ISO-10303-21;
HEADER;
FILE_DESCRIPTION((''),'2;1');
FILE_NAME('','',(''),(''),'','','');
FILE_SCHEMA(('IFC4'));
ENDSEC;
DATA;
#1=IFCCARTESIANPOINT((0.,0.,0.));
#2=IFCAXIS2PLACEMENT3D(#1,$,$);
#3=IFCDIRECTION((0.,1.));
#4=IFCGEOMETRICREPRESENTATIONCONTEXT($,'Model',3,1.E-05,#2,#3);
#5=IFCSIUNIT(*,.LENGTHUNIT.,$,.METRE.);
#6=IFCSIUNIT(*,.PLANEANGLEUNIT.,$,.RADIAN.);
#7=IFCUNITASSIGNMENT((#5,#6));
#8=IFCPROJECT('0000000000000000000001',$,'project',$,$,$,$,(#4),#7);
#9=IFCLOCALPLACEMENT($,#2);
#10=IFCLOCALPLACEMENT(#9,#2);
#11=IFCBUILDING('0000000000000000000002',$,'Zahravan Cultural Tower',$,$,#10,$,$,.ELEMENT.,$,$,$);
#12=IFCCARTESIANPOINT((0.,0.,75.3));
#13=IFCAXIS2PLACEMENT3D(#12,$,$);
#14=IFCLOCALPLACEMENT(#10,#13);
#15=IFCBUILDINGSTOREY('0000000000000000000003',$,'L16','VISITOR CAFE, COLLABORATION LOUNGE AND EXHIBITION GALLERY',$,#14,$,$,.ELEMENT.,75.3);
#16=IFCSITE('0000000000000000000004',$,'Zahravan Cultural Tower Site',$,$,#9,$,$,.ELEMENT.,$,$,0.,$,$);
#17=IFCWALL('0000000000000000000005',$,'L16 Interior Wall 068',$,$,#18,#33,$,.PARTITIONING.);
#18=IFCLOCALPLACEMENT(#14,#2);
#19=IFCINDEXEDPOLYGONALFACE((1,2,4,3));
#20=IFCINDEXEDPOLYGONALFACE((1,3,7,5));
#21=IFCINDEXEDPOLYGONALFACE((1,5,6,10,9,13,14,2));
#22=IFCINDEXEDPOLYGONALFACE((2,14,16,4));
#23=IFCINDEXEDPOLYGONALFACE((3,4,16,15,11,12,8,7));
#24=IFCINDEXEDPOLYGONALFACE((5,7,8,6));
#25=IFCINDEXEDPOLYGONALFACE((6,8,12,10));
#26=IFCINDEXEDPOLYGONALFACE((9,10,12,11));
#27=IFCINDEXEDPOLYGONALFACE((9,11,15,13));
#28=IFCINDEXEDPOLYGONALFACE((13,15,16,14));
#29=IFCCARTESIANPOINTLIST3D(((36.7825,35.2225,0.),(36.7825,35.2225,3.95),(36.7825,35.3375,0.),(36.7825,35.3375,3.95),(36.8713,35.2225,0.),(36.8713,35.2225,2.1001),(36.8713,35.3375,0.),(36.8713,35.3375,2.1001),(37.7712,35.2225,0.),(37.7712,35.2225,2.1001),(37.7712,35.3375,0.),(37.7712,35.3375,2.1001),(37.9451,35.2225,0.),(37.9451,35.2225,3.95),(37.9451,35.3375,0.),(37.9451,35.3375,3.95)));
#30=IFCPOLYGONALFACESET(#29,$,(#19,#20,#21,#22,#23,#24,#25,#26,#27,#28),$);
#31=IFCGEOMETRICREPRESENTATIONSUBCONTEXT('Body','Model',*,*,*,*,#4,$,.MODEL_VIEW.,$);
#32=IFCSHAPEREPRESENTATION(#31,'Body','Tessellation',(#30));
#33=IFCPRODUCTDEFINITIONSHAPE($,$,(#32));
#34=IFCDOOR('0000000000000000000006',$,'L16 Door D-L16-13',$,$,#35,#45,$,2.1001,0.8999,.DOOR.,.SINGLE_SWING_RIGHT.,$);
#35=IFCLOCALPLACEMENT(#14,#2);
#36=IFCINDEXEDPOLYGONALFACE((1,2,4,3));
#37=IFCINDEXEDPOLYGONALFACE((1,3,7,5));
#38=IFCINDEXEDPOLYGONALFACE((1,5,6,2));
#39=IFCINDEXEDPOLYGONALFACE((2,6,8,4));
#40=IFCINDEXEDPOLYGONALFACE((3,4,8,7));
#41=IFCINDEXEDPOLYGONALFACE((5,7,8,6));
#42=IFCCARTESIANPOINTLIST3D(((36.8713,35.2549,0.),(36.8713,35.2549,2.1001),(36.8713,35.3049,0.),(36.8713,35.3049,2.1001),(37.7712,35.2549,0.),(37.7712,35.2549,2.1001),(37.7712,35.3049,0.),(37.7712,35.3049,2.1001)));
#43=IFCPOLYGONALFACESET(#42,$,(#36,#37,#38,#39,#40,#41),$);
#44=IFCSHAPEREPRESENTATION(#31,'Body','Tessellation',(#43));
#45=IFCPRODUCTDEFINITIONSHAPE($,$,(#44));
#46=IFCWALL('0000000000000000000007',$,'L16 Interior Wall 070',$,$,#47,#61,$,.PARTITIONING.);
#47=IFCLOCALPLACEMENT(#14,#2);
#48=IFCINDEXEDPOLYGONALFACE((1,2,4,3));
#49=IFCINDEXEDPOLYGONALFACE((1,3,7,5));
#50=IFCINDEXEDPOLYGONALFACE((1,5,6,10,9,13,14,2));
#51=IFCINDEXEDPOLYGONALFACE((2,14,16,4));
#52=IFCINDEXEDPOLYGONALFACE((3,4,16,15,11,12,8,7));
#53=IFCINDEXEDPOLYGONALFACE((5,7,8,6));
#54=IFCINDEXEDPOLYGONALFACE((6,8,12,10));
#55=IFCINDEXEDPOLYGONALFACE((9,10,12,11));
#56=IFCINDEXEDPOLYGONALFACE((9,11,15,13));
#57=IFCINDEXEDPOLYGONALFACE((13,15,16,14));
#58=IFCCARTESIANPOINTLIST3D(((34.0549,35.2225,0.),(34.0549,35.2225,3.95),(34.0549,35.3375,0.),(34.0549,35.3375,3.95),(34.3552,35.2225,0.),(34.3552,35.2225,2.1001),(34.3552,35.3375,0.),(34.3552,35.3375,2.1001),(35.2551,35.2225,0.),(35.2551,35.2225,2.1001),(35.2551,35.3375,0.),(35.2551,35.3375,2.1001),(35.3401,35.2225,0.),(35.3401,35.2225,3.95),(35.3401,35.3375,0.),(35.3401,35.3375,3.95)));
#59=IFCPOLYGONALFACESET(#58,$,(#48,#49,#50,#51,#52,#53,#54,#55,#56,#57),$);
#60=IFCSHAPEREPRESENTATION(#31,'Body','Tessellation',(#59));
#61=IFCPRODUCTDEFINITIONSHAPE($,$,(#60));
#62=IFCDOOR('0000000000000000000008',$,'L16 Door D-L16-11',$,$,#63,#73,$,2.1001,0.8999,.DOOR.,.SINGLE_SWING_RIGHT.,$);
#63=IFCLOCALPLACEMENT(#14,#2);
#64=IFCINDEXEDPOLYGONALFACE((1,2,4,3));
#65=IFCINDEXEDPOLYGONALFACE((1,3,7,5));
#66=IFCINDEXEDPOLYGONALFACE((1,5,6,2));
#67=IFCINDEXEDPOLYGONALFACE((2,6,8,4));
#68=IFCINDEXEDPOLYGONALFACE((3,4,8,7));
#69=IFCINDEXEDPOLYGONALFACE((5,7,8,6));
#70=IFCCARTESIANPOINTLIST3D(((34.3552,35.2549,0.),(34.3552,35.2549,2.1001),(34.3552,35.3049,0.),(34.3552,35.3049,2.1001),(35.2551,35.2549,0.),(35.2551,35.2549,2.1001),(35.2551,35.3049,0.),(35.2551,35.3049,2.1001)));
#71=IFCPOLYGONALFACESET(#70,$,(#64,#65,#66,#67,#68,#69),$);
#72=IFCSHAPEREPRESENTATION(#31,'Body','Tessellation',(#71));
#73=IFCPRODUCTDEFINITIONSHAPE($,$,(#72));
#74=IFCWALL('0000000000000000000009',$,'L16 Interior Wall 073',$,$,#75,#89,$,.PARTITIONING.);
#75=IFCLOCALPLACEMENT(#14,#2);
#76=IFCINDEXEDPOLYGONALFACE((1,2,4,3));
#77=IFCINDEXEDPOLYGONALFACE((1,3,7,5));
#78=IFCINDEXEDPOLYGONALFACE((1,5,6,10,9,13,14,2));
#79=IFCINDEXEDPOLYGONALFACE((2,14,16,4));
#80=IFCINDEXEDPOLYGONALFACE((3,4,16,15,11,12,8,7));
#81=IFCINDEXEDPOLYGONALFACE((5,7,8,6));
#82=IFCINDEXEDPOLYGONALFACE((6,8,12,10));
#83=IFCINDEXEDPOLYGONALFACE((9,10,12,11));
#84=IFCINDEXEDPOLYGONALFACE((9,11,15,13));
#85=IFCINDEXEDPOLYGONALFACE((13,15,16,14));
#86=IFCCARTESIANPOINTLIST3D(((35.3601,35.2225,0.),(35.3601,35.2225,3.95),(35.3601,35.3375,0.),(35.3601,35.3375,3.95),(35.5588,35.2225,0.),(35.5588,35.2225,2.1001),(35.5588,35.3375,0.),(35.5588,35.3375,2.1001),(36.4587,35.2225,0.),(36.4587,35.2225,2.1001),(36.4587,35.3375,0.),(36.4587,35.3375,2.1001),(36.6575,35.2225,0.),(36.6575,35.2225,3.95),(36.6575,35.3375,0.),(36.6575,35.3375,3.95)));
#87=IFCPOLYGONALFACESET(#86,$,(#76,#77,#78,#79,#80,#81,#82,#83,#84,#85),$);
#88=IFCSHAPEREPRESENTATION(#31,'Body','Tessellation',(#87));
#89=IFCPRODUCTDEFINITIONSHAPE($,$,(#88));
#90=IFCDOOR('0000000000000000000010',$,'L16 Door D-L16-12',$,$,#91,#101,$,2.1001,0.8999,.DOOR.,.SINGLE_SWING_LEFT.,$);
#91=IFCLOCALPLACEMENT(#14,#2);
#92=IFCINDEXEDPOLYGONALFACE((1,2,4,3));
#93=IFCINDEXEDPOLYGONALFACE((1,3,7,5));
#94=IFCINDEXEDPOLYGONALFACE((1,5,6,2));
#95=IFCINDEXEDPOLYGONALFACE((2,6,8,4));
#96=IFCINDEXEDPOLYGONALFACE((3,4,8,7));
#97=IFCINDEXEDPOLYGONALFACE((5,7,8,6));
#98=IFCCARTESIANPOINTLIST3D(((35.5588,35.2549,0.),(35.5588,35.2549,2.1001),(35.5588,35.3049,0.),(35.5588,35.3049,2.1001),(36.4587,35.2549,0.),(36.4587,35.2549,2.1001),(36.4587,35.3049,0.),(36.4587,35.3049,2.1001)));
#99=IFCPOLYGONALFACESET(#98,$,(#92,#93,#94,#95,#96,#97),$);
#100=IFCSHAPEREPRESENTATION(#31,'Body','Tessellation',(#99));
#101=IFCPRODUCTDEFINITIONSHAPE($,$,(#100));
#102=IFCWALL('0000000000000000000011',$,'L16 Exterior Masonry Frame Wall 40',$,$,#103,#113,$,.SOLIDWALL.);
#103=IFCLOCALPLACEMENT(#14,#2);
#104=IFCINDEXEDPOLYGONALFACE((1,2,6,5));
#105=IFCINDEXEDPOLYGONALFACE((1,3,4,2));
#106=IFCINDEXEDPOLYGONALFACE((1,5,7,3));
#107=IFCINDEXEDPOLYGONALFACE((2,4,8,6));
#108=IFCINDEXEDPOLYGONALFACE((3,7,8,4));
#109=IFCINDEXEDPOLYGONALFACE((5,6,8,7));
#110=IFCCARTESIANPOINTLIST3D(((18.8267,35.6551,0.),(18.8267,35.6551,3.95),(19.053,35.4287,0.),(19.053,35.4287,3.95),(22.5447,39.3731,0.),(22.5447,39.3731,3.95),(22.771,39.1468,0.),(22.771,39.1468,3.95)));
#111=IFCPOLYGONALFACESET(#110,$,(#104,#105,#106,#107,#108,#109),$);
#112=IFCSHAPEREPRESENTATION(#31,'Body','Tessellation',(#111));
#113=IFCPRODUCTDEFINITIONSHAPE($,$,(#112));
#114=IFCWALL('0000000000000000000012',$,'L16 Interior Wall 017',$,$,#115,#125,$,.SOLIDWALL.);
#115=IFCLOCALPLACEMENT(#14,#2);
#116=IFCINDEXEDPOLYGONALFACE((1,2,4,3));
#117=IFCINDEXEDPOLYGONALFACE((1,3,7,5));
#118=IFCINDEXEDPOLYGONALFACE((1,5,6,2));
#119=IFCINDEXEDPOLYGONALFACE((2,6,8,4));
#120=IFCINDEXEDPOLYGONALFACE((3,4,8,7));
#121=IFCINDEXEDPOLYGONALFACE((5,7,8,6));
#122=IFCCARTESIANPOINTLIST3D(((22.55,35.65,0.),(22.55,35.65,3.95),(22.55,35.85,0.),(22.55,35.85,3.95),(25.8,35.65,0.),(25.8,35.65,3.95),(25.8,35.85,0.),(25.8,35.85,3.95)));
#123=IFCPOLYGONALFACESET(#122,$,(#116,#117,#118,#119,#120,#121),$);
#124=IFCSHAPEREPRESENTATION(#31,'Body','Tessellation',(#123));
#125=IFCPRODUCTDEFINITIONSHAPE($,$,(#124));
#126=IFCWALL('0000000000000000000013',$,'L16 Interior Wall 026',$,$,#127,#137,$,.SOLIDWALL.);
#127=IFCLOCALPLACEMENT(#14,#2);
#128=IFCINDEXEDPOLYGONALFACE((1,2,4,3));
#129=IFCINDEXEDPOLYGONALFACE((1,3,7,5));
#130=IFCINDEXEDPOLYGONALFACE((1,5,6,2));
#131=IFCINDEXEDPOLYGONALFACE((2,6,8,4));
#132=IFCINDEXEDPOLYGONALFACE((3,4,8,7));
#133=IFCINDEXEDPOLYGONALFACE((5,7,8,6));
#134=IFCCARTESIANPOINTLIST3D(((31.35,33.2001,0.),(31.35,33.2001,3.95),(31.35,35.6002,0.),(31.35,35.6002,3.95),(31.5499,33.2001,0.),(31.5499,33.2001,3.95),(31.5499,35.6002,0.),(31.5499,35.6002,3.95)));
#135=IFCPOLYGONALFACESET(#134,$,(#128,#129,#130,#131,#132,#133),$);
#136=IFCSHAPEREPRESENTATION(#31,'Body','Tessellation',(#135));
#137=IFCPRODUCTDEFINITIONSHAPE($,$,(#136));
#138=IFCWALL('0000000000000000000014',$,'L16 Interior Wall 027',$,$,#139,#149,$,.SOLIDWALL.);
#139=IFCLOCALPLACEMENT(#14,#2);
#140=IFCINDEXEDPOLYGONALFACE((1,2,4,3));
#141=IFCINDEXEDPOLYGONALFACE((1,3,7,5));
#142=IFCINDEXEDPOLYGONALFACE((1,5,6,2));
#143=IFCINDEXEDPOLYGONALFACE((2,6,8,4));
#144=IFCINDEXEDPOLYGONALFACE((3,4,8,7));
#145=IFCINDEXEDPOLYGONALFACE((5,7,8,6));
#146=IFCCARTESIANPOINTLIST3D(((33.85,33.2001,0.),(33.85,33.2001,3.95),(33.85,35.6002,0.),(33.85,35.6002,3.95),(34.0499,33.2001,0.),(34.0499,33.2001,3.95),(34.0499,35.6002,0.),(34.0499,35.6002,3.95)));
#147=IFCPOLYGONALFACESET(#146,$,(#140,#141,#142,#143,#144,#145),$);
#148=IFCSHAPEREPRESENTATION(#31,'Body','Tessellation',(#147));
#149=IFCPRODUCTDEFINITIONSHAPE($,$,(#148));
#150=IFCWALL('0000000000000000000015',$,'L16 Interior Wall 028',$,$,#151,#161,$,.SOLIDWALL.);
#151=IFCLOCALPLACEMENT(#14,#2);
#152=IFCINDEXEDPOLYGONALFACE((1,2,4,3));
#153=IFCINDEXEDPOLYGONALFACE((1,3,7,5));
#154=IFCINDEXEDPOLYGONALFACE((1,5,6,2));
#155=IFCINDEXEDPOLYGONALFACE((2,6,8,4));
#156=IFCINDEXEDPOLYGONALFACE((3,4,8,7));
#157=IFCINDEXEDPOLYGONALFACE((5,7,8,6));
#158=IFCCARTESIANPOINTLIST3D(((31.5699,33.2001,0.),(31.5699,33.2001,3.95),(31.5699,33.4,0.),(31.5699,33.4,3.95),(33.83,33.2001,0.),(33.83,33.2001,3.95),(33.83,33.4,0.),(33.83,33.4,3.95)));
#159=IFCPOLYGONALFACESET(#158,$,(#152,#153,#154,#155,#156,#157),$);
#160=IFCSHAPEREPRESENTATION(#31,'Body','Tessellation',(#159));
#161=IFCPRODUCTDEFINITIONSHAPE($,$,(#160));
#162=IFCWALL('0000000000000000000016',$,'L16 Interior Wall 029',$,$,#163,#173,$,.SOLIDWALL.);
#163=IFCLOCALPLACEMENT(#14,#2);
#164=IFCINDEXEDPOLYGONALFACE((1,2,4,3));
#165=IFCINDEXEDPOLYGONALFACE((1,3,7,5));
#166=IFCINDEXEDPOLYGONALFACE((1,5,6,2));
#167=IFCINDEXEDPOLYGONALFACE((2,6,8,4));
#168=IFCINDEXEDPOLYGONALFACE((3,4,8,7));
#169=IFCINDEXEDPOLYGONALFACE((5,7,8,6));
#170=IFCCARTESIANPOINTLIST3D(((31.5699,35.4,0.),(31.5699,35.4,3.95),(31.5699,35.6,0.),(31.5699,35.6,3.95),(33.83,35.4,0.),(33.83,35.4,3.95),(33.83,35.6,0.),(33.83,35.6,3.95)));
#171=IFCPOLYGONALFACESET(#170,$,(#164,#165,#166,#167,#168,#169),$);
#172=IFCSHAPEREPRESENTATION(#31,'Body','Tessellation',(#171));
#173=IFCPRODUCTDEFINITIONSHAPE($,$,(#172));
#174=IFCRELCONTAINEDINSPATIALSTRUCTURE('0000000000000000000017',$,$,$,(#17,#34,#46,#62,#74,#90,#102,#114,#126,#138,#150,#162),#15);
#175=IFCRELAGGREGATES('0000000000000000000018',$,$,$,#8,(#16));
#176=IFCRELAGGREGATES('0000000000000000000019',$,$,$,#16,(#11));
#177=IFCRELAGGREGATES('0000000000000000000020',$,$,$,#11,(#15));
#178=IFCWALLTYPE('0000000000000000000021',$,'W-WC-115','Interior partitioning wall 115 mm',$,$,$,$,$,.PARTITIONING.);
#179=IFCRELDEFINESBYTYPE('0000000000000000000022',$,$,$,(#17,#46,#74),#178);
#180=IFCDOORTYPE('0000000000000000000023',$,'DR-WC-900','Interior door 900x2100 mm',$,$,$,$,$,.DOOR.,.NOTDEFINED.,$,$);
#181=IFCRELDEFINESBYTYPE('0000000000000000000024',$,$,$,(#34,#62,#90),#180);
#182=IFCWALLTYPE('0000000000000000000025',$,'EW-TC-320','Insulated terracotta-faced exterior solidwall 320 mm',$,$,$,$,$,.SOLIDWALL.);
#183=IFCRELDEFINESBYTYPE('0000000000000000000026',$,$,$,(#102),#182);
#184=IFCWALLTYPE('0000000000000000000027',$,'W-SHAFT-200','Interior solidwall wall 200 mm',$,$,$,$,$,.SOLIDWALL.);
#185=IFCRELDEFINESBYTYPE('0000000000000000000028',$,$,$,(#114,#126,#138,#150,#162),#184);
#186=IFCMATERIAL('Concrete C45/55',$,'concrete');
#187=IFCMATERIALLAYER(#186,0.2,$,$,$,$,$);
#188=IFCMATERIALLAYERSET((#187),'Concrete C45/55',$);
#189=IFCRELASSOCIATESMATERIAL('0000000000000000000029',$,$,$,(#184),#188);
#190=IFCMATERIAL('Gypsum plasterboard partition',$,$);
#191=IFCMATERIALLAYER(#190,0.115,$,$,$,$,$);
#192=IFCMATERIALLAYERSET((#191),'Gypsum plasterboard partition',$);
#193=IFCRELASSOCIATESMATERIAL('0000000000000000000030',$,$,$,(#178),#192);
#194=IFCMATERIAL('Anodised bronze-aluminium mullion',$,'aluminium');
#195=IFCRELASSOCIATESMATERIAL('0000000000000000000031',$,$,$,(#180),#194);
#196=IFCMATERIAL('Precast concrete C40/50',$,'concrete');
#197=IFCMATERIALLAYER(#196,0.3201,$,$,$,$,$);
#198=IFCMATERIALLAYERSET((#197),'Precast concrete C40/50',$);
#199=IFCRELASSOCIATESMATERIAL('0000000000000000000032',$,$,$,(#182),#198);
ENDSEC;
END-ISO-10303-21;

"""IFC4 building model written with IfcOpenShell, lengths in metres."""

from ifc_helpers import new_model, si_unit, direction, frame, frame_2d, origin, place, context, subcontext, project, spatial, rectangle, extrude, source, transform, mapped, material, layer, layer_set, type_object, element, fill, save


model = new_model("IFC4")

# Units and contexts
model_context = context("Model", 3, precision=1e-05, world=origin(), true_north=direction((0.0, 1.0)))
body_context = subcontext(model_context, "Body", "Model", "MODEL_VIEW")
ifc_project = project(units=[si_unit("LENGTHUNIT", "METRE"), si_unit("PLANEANGLEUNIT", "RADIAN")], contexts=[model_context])

# Site, building, storey
site_placement = place(None, origin())
site = spatial("IfcSite", under=ifc_project, at=site_placement, Name="Zahravan Cultural Tower Site", CompositionType="ELEMENT", RefElevation=0.0)
building_placement = place(site_placement, origin())
building = spatial("IfcBuilding", under=site, at=building_placement, Name="Zahravan Cultural Tower", CompositionType="ELEMENT")
storey_placement = place(building_placement, frame((0.0, 0.0, 75.3)))
storey = spatial("IfcBuildingStorey", under=building, at=storey_placement, Name="L16", Description="VISITOR CAFE, COLLABORATION LOUNGE AND EXHIBITION GALLERY", CompositionType="ELEMENT", Elevation=75.3)

# Walls, openings, doors
ifc_material_1 = material(Name="Gypsum plasterboard partition")
ifc_material_2 = material(Name="Anodised bronze-aluminium mullion", Category="aluminium")
ifc_material_3 = material(Name="Concrete C45/55", Category="concrete")
ifc_layer_1 = layer(ifc_material_3, 0.2)
ifc_layer_set_1 = layer_set([ifc_layer_1], Name="Concrete C45/55")
wall_type_1 = type_object("IfcWallType", Name="W-SHAFT-200", Description="Interior solidwall wall 200 mm", PredefinedType="SOLIDWALL", material=ifc_layer_set_1)
ifc_layer_2 = layer(ifc_material_1, 0.115)
ifc_layer_set_2 = layer_set([ifc_layer_2], Name="Gypsum plasterboard partition")
wall_type_2 = type_object("IfcWallType", Name="W-WC-115", Description="Interior partitioning wall 115 mm", PredefinedType="PARTITIONING", material=ifc_layer_set_2)
wall_1_placement = place(storey_placement, frame((36.7825, 35.28, 0.0), z_axis=(0.0, 0.0, 1.0), x_axis=(1.0, 0.0, 0.0)))
wall_1 = element("IfcWall", 1, at=wall_1_placement, inside=storey, type_object=wall_type_2, Name="L16 Interior Wall 068", PredefinedType="PARTITIONING", context=body_context, shape_type="SweptSolid", body=[
    extrude(rectangle(XDim=1.1626, YDim=0.115, at=frame_2d((0.5813, 0.0))), origin(), (0.0, 0.0, 1.0), 3.95),
])
opening_1_placement = place(wall_1_placement, frame((0.0889, 0.0, 0.0)))
opening_1 = element("IfcOpeningElement", 2, at=opening_1_placement, cuts=wall_1, PredefinedType="OPENING", context=body_context, shape_type="SweptSolid", body=[
    extrude(rectangle(XDim=0.8999, YDim=2.1001, at=frame_2d((0.45, 1.05))), frame((0.0, 0.0674, 0.0), z_axis=(0.0, -1.0, 0.0), x_axis=(1.0, 0.0, 0.0)), (0.0, 0.0, 1.0), 0.135),
])
door_type_1 = type_object("IfcDoorType", Name="DR-WC-900", Description="Interior door 900x2100 mm", OperationType="NOTDEFINED", PredefinedType="DOOR", material=ifc_material_2)
shared_shape_1 = source(origin(), body_context, "Body", "SweptSolid", [
    extrude(rectangle(XDim=0.8999, YDim=2.1001, at=frame_2d((0.45, 1.05))), frame((0.0, 0.0249, 0.0), z_axis=(0.0, -1.0, 0.0), x_axis=(1.0, 0.0, 0.0)), (0.0, 0.0, 1.0), 0.05),
])
door_1_placement = place(opening_1_placement, origin())
door_1 = element("IfcDoor", 3, at=door_1_placement, inside=storey, type_object=door_type_1, Name="L16 Door D-L16-13", OperationType="SINGLE_SWING_RIGHT", OverallHeight=2.1001, OverallWidth=0.8999, PredefinedType="DOOR", context=body_context, shape_type="MappedRepresentation", body=[
    mapped(shared_shape_1, transform((0.0, 0.0, 0.0), x_axis=(1.0, 0.0, 0.0), y_axis=(0.0, 1.0, 0.0), z_axis=(0.0, 0.0, 1.0), scale=1.0)),
])
fill(opening_1, door_1)
wall_2_placement = place(storey_placement, frame((34.0549, 35.28, 0.0), z_axis=(0.0, 0.0, 1.0), x_axis=(1.0, 0.0, 0.0)))
wall_2 = element("IfcWall", 4, at=wall_2_placement, inside=storey, type_object=wall_type_2, Name="L16 Interior Wall 070", PredefinedType="PARTITIONING", context=body_context, shape_type="SweptSolid", body=[
    extrude(rectangle(XDim=1.2852, YDim=0.115, at=frame_2d((0.6426, 0.0))), origin(), (0.0, 0.0, 1.0), 3.95),
])
opening_2_placement = place(wall_2_placement, frame((0.3003, 0.0, 0.0)))
opening_2 = element("IfcOpeningElement", 5, at=opening_2_placement, cuts=wall_2, PredefinedType="OPENING", context=body_context, shape_type="SweptSolid", body=[
    extrude(rectangle(XDim=0.8999, YDim=2.1001, at=frame_2d((0.45, 1.05))), frame((0.0, 0.0674, 0.0), z_axis=(0.0, -1.0, 0.0), x_axis=(1.0, 0.0, 0.0)), (0.0, 0.0, 1.0), 0.135),
])
door_2_placement = place(opening_2_placement, origin())
door_2 = element("IfcDoor", 6, at=door_2_placement, inside=storey, type_object=door_type_1, Name="L16 Door D-L16-11", OperationType="SINGLE_SWING_RIGHT", OverallHeight=2.1001, OverallWidth=0.8999, PredefinedType="DOOR", context=body_context, shape_type="MappedRepresentation", body=[
    mapped(shared_shape_1, transform((0.0, 0.0, 0.0), x_axis=(1.0, 0.0, 0.0), y_axis=(0.0, 1.0, 0.0), z_axis=(0.0, 0.0, 1.0), scale=1.0)),
])
fill(opening_2, door_2)
wall_3_placement = place(storey_placement, frame((35.3601, 35.28, 0.0), z_axis=(0.0, 0.0, 1.0), x_axis=(1.0, 0.0, 0.0)))
wall_3 = element("IfcWall", 7, at=wall_3_placement, inside=storey, type_object=wall_type_2, Name="L16 Interior Wall 073", PredefinedType="PARTITIONING", context=body_context, shape_type="SweptSolid", body=[
    extrude(rectangle(XDim=1.2974, YDim=0.115, at=frame_2d((0.6487, 0.0))), origin(), (0.0, 0.0, 1.0), 3.95),
])
opening_3_placement = place(wall_3_placement, frame((0.1987, 0.0, 0.0)))
opening_3 = element("IfcOpeningElement", 8, at=opening_3_placement, cuts=wall_3, PredefinedType="OPENING", context=body_context, shape_type="SweptSolid", body=[
    extrude(rectangle(XDim=0.8999, YDim=2.1001, at=frame_2d((0.45, 1.05))), frame((0.0, 0.0674, 0.0), z_axis=(0.0, -1.0, 0.0), x_axis=(1.0, 0.0, 0.0)), (0.0, 0.0, 1.0), 0.135),
])
door_3_placement = place(opening_3_placement, origin())
door_3 = element("IfcDoor", 9, at=door_3_placement, inside=storey, type_object=door_type_1, Name="L16 Door D-L16-12", OperationType="SINGLE_SWING_LEFT", OverallHeight=2.1001, OverallWidth=0.8999, PredefinedType="DOOR", context=body_context, shape_type="MappedRepresentation", body=[
    mapped(shared_shape_1, transform((0.0, 0.0, 0.0), x_axis=(1.0, 0.0, 0.0), y_axis=(0.0, 1.0, 0.0), z_axis=(0.0, 0.0, 1.0), scale=1.0)),
])
fill(opening_3, door_3)

# Walls
ifc_material_4 = material(Name="Precast concrete C40/50", Category="concrete")
ifc_layer_3 = layer(ifc_material_4, 0.3201)
ifc_layer_set_3 = layer_set([ifc_layer_3], Name="Precast concrete C40/50")
wall_type_3 = type_object("IfcWallType", Name="EW-TC-320", Description="Insulated terracotta-faced exterior solidwall 320 mm", PredefinedType="SOLIDWALL", material=ifc_layer_set_3)
shared_shape_2 = source(origin(), body_context, "Body", "SweptSolid", [
    extrude(rectangle(XDim=5.2581, YDim=0.3201, at=frame_2d((2.6289, 0.0))), origin(), (0.0, 0.0, 1.0), 3.95),
])
wall_4_placement = place(storey_placement, frame((18.9399, 35.542, 0.0), z_axis=(0.0, 0.0, 1.0), x_axis=(0.707107, 0.707107, 0.0)))
element("IfcWall", 10, at=wall_4_placement, inside=storey, type_object=wall_type_3, Name="L16 Exterior Masonry Frame Wall 40", PredefinedType="SOLIDWALL", context=body_context, shape_type="MappedRepresentation", body=[
    mapped(shared_shape_2, transform((0.0, 0.0, 0.0), x_axis=(1.0, 0.0, 0.0), y_axis=(0.0, 1.0, 0.0), z_axis=(0.0, 0.0, 1.0), scale=1.0)),
])
shared_shape_3 = source(origin(), body_context, "Body", "SweptSolid", [
    extrude(rectangle(XDim=3.25, YDim=0.2, at=frame_2d((1.625, 0.0))), origin(), (0.0, 0.0, 1.0), 3.95),
])
wall_5_placement = place(storey_placement, frame((22.55, 35.75, 0.0), z_axis=(0.0, 0.0, 1.0), x_axis=(1.0, 0.0, 0.0)))
element("IfcWall", 11, at=wall_5_placement, inside=storey, type_object=wall_type_1, Name="L16 Interior Wall 017", PredefinedType="SOLIDWALL", context=body_context, shape_type="MappedRepresentation", body=[
    mapped(shared_shape_3, transform((0.0, 0.0, 0.0), x_axis=(1.0, 0.0, 0.0), y_axis=(0.0, 1.0, 0.0), z_axis=(0.0, 0.0, 1.0), scale=1.0)),
])
shared_shape_4 = source(origin(), body_context, "Body", "SweptSolid", [
    extrude(rectangle(XDim=2.4001, YDim=0.2, at=frame_2d((1.2002, 0.0))), origin(), (0.0, 0.0, 1.0), 3.95),
])
for number, where, z_axis, x_axis, name in (
    (12, (31.45, 33.2, 0.0), (0.0, 0.0, 1.0), (0.0, 1.0, 0.0), "L16 Interior Wall 026"),
    (13, (33.95, 33.2, 0.0), (0.0, 0.0, 1.0), (0.0, 1.0, 0.0), "L16 Interior Wall 027"),
):
    element("IfcWall", number, at=place(storey_placement, frame(where, z_axis=z_axis, x_axis=x_axis)), inside=storey, type_object=wall_type_1, Name=name, PredefinedType="SOLIDWALL", context=body_context, shape_type="MappedRepresentation", body=[
        mapped(shared_shape_4, transform((0.0, 0.0, 0.0), x_axis=(1.0, 0.0, 0.0), y_axis=(0.0, 1.0, 0.0), z_axis=(0.0, 0.0, 1.0), scale=1.0)),
    ])
shared_shape_5 = source(origin(), body_context, "Body", "SweptSolid", [
    extrude(rectangle(XDim=2.26, YDim=0.2, at=frame_2d((1.1299, 0.0))), origin(), (0.0, 0.0, 1.0), 3.95),
])
for number, where, z_axis, x_axis, name in (
    (14, (31.5701, 33.3, 0.0), (0.0, 0.0, 1.0), (1.0, 0.0, 0.0), "L16 Interior Wall 028"),
    (15, (31.5701, 35.5, 0.0), (0.0, 0.0, 1.0), (1.0, 0.0, 0.0), "L16 Interior Wall 029"),
):
    element("IfcWall", number, at=place(storey_placement, frame(where, z_axis=z_axis, x_axis=x_axis)), inside=storey, type_object=wall_type_1, Name=name, PredefinedType="SOLIDWALL", context=body_context, shape_type="MappedRepresentation", body=[
        mapped(shared_shape_5, transform((0.0, 0.0, 0.0), x_axis=(1.0, 0.0, 0.0), y_axis=(0.0, 1.0, 0.0), z_axis=(0.0, 0.0, 1.0), scale=1.0)),
    ])

save(model, "model.ifc")
